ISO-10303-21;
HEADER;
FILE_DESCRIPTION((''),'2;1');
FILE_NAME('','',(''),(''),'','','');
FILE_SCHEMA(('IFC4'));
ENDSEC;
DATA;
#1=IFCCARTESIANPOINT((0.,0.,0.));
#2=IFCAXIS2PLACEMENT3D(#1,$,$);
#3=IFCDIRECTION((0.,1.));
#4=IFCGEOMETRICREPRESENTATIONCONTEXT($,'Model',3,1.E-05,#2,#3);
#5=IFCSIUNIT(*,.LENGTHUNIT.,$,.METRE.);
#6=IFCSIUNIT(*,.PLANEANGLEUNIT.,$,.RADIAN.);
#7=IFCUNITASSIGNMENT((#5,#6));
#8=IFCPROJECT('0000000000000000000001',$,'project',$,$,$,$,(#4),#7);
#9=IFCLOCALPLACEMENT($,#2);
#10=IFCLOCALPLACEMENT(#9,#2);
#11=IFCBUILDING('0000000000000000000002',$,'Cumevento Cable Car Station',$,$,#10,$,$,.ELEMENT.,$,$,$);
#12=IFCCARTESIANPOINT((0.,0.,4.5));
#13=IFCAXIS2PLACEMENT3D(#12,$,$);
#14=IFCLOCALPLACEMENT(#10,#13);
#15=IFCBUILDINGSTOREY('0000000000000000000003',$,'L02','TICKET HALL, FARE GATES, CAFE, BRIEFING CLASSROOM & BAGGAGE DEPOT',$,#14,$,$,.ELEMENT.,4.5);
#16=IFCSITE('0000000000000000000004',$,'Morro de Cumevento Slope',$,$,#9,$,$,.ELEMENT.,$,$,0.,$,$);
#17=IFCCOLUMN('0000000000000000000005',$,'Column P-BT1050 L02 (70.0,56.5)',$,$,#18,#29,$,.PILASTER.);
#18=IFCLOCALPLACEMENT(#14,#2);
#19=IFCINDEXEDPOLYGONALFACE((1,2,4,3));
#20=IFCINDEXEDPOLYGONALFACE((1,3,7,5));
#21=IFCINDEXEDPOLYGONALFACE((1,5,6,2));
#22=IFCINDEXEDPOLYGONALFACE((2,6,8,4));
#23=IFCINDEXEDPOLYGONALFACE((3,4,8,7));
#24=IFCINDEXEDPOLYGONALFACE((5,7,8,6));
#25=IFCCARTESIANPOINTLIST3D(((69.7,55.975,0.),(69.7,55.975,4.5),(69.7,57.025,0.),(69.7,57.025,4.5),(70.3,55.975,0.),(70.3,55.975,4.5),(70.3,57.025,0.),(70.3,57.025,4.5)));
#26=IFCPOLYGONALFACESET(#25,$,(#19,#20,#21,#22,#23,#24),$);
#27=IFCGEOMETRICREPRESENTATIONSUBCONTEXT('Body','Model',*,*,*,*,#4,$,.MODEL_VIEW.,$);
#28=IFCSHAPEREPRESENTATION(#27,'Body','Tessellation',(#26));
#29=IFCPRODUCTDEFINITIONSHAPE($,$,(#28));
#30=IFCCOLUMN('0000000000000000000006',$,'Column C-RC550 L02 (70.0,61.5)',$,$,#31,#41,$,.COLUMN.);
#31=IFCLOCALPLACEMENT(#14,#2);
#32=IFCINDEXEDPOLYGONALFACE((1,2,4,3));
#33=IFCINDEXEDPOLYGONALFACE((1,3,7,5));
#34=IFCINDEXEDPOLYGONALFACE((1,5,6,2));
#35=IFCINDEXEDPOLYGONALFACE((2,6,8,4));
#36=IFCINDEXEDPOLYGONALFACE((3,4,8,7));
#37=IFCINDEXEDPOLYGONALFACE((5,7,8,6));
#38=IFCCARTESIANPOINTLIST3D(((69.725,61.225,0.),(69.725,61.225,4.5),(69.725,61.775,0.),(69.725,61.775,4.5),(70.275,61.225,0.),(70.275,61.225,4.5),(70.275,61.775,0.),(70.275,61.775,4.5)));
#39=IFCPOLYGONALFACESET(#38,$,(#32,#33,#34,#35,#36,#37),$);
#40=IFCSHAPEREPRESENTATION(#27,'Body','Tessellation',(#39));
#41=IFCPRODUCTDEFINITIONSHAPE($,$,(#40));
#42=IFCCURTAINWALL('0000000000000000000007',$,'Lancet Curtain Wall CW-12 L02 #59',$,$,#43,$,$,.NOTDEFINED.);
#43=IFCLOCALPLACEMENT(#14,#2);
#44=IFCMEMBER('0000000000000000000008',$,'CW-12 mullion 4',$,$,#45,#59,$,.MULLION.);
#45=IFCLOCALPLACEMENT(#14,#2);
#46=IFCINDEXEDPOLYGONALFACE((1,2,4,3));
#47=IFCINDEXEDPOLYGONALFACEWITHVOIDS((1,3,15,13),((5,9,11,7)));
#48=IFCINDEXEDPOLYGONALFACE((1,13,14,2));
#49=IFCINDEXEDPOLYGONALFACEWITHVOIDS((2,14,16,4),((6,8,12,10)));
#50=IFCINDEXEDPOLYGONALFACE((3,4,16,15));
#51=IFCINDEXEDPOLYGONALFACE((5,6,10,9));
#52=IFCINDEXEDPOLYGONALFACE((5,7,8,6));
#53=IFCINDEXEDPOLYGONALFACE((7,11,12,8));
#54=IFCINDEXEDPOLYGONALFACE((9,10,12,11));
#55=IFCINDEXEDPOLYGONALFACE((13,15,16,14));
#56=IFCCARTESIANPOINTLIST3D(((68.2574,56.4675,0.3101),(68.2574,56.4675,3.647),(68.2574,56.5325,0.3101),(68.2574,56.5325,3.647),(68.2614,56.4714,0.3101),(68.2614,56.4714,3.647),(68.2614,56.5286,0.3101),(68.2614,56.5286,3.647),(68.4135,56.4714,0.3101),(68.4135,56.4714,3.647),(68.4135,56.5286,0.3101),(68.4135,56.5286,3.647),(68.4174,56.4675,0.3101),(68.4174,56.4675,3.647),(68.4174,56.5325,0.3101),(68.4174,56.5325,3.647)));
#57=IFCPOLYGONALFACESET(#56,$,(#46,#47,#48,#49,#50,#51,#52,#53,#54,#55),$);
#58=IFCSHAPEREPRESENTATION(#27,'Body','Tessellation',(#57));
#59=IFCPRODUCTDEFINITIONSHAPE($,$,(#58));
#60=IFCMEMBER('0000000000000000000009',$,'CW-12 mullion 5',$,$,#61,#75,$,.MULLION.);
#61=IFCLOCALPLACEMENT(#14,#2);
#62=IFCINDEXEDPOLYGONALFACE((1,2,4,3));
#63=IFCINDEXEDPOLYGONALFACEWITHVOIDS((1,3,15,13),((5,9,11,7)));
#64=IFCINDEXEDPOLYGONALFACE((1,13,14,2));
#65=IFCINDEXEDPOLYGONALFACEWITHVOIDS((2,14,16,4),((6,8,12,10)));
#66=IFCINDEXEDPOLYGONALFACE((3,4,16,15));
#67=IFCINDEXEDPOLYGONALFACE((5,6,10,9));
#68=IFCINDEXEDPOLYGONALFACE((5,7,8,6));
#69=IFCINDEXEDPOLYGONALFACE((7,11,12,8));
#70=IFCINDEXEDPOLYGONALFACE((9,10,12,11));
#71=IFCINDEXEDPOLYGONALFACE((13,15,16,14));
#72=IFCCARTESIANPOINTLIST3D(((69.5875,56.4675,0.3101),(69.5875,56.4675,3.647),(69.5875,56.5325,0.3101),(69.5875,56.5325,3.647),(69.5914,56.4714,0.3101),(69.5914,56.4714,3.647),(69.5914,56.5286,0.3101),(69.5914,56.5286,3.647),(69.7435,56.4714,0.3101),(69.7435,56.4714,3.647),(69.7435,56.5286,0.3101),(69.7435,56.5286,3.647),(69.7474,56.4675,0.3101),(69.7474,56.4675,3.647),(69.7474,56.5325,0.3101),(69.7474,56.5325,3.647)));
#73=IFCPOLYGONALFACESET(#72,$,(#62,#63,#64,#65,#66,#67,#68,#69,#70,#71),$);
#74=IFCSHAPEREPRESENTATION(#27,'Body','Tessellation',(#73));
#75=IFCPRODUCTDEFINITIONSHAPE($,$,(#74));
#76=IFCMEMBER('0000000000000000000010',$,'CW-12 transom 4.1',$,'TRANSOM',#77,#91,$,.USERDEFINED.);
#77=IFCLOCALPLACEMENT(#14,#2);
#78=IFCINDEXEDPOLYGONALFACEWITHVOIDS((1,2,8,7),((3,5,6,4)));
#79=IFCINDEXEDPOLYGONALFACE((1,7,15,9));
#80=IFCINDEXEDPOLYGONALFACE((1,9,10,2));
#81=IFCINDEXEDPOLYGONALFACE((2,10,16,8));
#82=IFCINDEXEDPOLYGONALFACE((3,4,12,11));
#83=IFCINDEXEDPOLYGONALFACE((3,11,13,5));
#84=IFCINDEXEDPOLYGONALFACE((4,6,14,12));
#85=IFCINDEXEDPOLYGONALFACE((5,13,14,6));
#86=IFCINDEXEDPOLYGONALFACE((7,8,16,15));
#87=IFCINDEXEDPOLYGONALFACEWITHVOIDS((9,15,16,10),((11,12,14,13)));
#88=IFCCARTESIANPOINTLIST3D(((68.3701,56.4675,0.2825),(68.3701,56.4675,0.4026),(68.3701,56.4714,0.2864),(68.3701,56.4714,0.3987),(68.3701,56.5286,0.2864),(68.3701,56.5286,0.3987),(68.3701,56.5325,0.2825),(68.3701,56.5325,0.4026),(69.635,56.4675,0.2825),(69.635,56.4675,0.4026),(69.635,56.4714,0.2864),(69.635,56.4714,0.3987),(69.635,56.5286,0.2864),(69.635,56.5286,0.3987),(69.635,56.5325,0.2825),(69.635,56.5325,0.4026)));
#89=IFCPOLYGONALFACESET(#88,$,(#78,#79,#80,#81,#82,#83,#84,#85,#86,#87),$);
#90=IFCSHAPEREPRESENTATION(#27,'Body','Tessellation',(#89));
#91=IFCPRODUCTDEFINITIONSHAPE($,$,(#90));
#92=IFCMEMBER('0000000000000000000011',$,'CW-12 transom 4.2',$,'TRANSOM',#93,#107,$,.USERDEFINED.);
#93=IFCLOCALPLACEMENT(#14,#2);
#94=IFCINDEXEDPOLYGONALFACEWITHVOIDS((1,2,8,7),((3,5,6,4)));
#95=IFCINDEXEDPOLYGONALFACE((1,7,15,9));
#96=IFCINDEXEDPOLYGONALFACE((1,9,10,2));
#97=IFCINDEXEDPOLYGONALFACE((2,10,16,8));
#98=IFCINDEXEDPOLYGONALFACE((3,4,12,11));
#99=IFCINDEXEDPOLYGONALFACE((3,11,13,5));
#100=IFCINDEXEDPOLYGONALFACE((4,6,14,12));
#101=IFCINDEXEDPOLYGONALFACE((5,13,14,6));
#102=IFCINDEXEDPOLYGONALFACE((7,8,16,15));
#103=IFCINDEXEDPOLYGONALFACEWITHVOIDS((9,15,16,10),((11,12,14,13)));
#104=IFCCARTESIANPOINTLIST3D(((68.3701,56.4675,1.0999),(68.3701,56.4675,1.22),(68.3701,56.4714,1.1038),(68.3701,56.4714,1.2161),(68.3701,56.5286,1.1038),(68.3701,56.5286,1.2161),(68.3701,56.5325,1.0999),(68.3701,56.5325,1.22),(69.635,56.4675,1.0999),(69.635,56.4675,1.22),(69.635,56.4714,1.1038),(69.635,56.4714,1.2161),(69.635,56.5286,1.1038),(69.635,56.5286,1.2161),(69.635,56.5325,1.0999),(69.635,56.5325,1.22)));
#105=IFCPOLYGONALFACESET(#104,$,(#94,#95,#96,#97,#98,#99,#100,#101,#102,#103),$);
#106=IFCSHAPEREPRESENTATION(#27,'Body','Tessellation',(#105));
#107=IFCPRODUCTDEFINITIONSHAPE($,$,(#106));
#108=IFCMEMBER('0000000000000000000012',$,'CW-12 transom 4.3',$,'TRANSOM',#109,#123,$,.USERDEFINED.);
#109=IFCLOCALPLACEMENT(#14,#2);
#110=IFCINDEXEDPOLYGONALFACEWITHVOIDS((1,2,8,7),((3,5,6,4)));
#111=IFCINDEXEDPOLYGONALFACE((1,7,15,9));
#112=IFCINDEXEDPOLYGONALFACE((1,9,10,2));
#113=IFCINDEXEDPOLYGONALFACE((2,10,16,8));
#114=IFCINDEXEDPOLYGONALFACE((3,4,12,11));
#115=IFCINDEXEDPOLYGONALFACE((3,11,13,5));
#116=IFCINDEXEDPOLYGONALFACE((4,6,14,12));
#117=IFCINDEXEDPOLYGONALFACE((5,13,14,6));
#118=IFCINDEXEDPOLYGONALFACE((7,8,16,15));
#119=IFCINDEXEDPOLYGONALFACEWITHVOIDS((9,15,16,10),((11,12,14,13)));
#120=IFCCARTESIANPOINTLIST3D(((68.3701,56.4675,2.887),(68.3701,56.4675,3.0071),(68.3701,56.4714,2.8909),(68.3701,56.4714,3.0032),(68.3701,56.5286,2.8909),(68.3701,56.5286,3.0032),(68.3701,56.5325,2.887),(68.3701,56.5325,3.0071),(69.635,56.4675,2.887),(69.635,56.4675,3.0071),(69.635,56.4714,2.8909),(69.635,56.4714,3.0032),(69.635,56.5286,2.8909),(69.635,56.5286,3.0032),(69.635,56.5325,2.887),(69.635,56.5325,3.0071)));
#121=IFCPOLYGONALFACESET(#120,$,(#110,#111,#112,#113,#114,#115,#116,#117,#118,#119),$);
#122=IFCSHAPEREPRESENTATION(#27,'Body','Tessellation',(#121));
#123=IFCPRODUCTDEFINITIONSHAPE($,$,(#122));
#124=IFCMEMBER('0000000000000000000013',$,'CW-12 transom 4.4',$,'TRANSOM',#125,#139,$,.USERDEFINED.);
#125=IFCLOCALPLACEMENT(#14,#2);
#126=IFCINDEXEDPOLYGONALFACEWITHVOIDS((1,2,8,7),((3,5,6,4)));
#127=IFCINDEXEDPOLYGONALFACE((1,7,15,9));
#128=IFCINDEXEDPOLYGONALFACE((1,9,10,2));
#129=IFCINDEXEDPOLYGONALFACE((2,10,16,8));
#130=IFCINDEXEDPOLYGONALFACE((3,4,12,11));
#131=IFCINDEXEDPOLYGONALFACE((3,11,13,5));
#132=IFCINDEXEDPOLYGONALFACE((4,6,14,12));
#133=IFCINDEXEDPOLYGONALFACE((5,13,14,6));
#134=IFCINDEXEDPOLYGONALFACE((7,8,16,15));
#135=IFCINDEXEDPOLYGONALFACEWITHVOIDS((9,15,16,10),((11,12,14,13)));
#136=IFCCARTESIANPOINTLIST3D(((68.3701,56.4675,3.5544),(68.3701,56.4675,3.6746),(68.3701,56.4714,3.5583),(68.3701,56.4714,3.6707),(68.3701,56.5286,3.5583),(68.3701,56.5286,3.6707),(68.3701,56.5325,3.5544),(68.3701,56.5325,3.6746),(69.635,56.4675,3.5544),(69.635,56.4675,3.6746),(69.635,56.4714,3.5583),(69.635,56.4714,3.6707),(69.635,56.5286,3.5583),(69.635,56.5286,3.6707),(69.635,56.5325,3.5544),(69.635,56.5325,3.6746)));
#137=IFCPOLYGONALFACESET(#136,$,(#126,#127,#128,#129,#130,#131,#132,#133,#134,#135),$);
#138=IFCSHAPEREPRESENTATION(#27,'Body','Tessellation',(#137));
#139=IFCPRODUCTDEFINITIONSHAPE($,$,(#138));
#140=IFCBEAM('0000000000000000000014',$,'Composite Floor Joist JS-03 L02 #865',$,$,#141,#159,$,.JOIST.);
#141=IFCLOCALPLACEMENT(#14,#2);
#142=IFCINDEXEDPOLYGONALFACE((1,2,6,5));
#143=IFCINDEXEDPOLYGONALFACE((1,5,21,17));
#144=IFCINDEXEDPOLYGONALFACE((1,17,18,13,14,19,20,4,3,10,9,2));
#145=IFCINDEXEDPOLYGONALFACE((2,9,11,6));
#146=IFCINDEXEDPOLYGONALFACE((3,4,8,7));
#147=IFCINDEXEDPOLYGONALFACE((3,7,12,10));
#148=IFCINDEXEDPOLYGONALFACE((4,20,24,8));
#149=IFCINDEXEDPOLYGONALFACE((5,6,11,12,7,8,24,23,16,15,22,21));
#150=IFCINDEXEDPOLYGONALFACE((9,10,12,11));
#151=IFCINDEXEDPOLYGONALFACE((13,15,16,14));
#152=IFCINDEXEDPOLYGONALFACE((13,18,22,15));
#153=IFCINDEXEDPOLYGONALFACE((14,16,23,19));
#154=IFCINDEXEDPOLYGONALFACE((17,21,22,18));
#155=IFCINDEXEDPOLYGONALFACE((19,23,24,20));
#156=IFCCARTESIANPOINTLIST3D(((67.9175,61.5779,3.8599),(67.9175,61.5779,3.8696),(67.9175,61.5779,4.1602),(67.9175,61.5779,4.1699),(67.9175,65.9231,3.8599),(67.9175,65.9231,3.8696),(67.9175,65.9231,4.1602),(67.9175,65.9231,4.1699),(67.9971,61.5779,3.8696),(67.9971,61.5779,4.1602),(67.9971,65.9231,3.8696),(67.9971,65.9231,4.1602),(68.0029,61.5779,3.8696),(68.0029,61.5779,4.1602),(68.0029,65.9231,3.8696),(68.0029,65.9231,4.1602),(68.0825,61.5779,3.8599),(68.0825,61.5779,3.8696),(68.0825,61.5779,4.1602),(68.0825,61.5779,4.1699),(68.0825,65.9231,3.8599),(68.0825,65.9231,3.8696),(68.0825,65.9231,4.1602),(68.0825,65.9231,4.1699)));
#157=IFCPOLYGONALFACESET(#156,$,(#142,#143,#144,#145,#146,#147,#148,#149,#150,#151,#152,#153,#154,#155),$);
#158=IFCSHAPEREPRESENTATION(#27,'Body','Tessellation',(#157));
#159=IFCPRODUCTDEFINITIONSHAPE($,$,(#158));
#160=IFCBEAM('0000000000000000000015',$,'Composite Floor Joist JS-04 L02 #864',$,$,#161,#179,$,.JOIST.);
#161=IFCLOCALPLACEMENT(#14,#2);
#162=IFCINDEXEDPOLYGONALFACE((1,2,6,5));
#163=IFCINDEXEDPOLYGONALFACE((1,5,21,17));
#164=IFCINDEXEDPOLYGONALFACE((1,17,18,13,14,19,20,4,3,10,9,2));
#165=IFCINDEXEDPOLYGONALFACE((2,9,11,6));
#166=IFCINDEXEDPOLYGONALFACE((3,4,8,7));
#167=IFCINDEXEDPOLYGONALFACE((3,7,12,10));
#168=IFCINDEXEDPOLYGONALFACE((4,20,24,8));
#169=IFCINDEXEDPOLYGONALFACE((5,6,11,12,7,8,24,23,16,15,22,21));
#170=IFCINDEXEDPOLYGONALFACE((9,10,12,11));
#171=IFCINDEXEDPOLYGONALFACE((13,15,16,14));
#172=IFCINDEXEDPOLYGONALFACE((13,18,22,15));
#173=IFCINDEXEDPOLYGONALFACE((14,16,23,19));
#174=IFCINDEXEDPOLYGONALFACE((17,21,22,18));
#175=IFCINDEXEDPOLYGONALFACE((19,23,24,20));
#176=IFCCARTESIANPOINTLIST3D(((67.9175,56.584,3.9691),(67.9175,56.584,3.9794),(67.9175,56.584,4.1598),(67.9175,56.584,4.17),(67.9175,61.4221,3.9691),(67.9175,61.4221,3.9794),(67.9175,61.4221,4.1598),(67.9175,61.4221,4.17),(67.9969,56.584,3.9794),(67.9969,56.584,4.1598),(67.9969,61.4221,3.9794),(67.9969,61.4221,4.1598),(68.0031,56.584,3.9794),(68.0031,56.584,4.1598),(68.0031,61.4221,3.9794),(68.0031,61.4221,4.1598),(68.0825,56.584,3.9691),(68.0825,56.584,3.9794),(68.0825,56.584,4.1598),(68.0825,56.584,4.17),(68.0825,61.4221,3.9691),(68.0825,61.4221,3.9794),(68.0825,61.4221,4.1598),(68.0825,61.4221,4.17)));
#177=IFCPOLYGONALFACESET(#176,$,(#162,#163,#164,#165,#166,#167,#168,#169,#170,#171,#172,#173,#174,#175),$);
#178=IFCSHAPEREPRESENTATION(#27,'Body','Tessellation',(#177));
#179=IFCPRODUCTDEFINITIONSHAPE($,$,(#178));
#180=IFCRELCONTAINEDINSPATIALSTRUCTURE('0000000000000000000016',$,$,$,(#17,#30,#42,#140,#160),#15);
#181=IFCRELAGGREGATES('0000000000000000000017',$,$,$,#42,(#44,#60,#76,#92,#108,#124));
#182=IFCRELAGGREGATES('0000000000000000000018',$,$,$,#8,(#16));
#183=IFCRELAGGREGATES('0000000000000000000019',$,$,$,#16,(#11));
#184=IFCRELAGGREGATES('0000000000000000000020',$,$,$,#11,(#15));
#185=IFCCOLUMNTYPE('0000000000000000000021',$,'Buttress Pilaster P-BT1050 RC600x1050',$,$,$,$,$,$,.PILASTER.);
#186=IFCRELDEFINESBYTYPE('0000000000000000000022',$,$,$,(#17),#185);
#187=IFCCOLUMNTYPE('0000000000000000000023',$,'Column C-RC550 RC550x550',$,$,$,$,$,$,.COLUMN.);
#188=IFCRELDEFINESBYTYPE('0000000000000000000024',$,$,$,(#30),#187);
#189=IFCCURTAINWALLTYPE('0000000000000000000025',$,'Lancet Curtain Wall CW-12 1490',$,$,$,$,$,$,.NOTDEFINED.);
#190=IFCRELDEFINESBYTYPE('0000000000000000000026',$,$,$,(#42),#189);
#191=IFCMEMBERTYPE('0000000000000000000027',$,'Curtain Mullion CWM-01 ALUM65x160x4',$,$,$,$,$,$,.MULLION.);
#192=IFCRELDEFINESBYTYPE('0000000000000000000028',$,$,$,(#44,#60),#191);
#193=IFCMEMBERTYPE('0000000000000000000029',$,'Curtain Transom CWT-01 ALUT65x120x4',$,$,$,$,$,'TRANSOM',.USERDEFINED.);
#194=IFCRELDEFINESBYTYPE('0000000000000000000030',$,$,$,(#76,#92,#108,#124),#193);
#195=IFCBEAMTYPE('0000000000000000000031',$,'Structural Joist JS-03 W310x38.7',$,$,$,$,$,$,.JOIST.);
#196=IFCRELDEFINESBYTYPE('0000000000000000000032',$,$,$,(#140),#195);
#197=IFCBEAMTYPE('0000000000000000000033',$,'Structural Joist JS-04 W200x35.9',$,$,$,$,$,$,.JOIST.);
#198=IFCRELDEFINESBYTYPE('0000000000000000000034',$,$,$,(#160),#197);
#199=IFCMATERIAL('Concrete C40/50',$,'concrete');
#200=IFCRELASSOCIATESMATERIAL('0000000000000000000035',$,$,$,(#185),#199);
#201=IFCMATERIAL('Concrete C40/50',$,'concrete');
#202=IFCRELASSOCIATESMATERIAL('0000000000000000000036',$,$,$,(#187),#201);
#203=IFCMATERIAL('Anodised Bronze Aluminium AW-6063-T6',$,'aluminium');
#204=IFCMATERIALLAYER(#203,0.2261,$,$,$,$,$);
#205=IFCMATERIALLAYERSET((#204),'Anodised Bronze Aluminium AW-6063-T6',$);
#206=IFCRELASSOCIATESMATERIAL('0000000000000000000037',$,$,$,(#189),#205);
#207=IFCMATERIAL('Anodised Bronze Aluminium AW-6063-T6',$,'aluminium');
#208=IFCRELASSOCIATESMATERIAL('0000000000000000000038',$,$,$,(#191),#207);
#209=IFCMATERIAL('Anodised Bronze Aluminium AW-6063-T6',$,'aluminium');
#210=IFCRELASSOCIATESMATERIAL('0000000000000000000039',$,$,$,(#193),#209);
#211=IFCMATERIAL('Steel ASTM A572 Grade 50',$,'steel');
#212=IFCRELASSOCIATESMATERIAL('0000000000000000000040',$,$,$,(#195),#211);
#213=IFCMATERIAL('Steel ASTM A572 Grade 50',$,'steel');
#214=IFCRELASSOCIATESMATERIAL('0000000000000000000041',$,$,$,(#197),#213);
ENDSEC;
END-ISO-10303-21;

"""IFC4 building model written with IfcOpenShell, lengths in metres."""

from ifc_helpers import new_model, si_unit, direction, frame, origin, origin_2d, place, context, subcontext, project, spatial, rectangle, hollow_rectangle, i_section, extrude, material, layer, layer_set, material_profile, profile_set, type_object, element, aggregate, save


model = new_model("IFC4")

# Units and contexts
model_context = context("Model", 3, precision=1e-05, world=origin(), true_north=direction((0.0, 1.0)))
body_context = subcontext(model_context, "Body", "Model", "MODEL_VIEW")
ifc_project = project(units=[si_unit("LENGTHUNIT", "METRE"), si_unit("PLANEANGLEUNIT", "RADIAN")], contexts=[model_context])

# Site, building, storey
site_placement = place(None, origin())
site = spatial("IfcSite", under=ifc_project, at=site_placement, Name="Morro de Cumevento Slope", CompositionType="ELEMENT", RefElevation=0.0)
building_placement = place(site_placement, origin())
building = spatial("IfcBuilding", under=site, at=building_placement, Name="Cumevento Cable Car Station", CompositionType="ELEMENT")
storey_placement = place(building_placement, frame((0.0, 0.0, 4.5)))
storey = spatial("IfcBuildingStorey", under=building, at=storey_placement, Name="L02", Description="TICKET HALL, FARE GATES, CAFE, BRIEFING CLASSROOM & BAGGAGE DEPOT", CompositionType="ELEMENT", Elevation=4.5)

# Columns
ifc_material_1 = material(Name="Concrete C40/50", Category="concrete")
ifc_material_profile_1 = material_profile(ifc_material_1, rectangle(XDim=0.6001, YDim=1.05, at=origin_2d()), Name="RC600x1050")
ifc_profile_set_1 = profile_set([ifc_material_profile_1], Name="Concrete C40/50")
column_type_1 = type_object("IfcColumnType", Name="Buttress Pilaster P-BT1050 RC600x1050", PredefinedType="PILASTER", material=ifc_profile_set_1)
column_1_placement = place(storey_placement, frame((70.0, 56.5, 0.0), z_axis=(0.0, 0.0, 1.0), x_axis=(1.0, 0.0, 0.0)))
element("IfcColumn", 1, at=column_1_placement, inside=storey, type_object=column_type_1, Name="Column P-BT1050 L02 (70.0,56.5)", PredefinedType="PILASTER", context=body_context, shape_type="SweptSolid", body=[
    extrude(rectangle(XDim=0.6001, YDim=1.05, at=origin_2d()), origin(), (0.0, 0.0, 1.0), 4.5),
])
ifc_material_2 = material(Name="Concrete C40/50", Category="concrete")
ifc_material_profile_2 = material_profile(ifc_material_2, rectangle(XDim=0.55, YDim=0.55, at=origin_2d()), Name="RC550x550")
ifc_profile_set_2 = profile_set([ifc_material_profile_2], Name="Concrete C40/50")
column_type_2 = type_object("IfcColumnType", Name="Column C-RC550 RC550x550", PredefinedType="COLUMN", material=ifc_profile_set_2)
column_2_placement = place(storey_placement, frame((70.0, 61.5, 0.0), z_axis=(0.0, 0.0, 1.0), x_axis=(1.0, 0.0, 0.0)))
element("IfcColumn", 2, at=column_2_placement, inside=storey, type_object=column_type_2, Name="Column C-RC550 L02 (70.0,61.5)", PredefinedType="COLUMN", context=body_context, shape_type="SweptSolid", body=[
    extrude(rectangle(XDim=0.55, YDim=0.55, at=origin_2d()), origin(), (0.0, 0.0, 1.0), 4.5),
])

# Curtain wall, members
ifc_material_3 = material(Name="Anodised Bronze Aluminium AW-6063-T6", Category="aluminium")
ifc_layer_1 = layer(ifc_material_3, 0.2261)
ifc_layer_set_1 = layer_set([ifc_layer_1], Name="Anodised Bronze Aluminium AW-6063-T6")
curtain_wall_type = type_object("IfcCurtainWallType", Name="Lancet Curtain Wall CW-12 1490", PredefinedType="NOTDEFINED", material=ifc_layer_set_1)
curtain_wall_placement = place(storey_placement, origin())
curtain_wall = element("IfcCurtainWall", 3, at=curtain_wall_placement, inside=storey, type_object=curtain_wall_type, Name="Lancet Curtain Wall CW-12 L02 #59", PredefinedType="NOTDEFINED")
ifc_material_4 = material(Name="Anodised Bronze Aluminium AW-6063-T6", Category="aluminium")
ifc_material_profile_3 = material_profile(ifc_material_4, hollow_rectangle(XDim=0.0649, YDim=0.1599, WallThickness=0.0039, at=origin_2d()), Name="ALUM65x160x4")
ifc_profile_set_3 = profile_set([ifc_material_profile_3], Name="Anodised Bronze Aluminium AW-6063-T6")
member_type_1 = type_object("IfcMemberType", Name="Curtain Mullion CWM-01 ALUM65x160x4", PredefinedType="MULLION", material=ifc_profile_set_3)
member_1_placement = place(storey_placement, frame((68.3374, 56.5, 0.3101), z_axis=(0.0, 0.0, 1.0), x_axis=(0.0, 1.0, 0.0)))
member_1 = element("IfcMember", 4, at=member_1_placement, type_object=member_type_1, Name="CW-12 mullion 4", PredefinedType="MULLION", context=body_context, shape_type="SweptSolid", body=[
    extrude(hollow_rectangle(XDim=0.0649, YDim=0.1599, WallThickness=0.0039, at=origin_2d()), origin(), (0.0, 0.0, 1.0), 3.3369),
])
member_2_placement = place(storey_placement, frame((69.6675, 56.5, 0.3101), z_axis=(0.0, 0.0, 1.0), x_axis=(0.0, 1.0, 0.0)))
member_2 = element("IfcMember", 5, at=member_2_placement, type_object=member_type_1, Name="CW-12 mullion 5", PredefinedType="MULLION", context=body_context, shape_type="SweptSolid", body=[
    extrude(hollow_rectangle(XDim=0.0649, YDim=0.1599, WallThickness=0.0039, at=origin_2d()), origin(), (0.0, 0.0, 1.0), 3.3369),
])
ifc_material_5 = material(Name="Anodised Bronze Aluminium AW-6063-T6", Category="aluminium")
ifc_material_profile_4 = material_profile(ifc_material_5, hollow_rectangle(XDim=0.0649, YDim=0.1201, WallThickness=0.0039, at=origin_2d()), Name="ALUT65x120x4")
ifc_profile_set_4 = profile_set([ifc_material_profile_4], Name="Anodised Bronze Aluminium AW-6063-T6")
member_type_2 = type_object("IfcMemberType", Name="Curtain Transom CWT-01 ALUT65x120x4", ElementType="TRANSOM", PredefinedType="USERDEFINED", material=ifc_profile_set_4)
member_3_placement = place(storey_placement, frame((68.3701, 56.5, 0.3425), z_axis=(1.0, 0.0, 0.0), x_axis=(0.0, 1.0, 0.0)))
member_3 = element("IfcMember", 6, at=member_3_placement, type_object=member_type_2, Name="CW-12 transom 4.1", ObjectType="TRANSOM", PredefinedType="USERDEFINED", context=body_context, shape_type="SweptSolid", body=[
    extrude(hollow_rectangle(XDim=0.0649, YDim=0.1201, WallThickness=0.0039, at=origin_2d()), origin(), (0.0, 0.0, 1.0), 1.2649),
])
member_4_placement = place(storey_placement, frame((68.3701, 56.5, 1.1599), z_axis=(1.0, 0.0, 0.0), x_axis=(0.0, 1.0, 0.0)))
member_4 = element("IfcMember", 7, at=member_4_placement, type_object=member_type_2, Name="CW-12 transom 4.2", ObjectType="TRANSOM", PredefinedType="USERDEFINED", context=body_context, shape_type="SweptSolid", body=[
    extrude(hollow_rectangle(XDim=0.0649, YDim=0.1201, WallThickness=0.0039, at=origin_2d()), origin(), (0.0, 0.0, 1.0), 1.2649),
])
member_5_placement = place(storey_placement, frame((68.3701, 56.5, 2.947), z_axis=(1.0, 0.0, 0.0), x_axis=(0.0, 1.0, 0.0)))
member_5 = element("IfcMember", 8, at=member_5_placement, type_object=member_type_2, Name="CW-12 transom 4.3", ObjectType="TRANSOM", PredefinedType="USERDEFINED", context=body_context, shape_type="SweptSolid", body=[
    extrude(hollow_rectangle(XDim=0.0649, YDim=0.1201, WallThickness=0.0039, at=origin_2d()), origin(), (0.0, 0.0, 1.0), 1.2649),
])
member_6_placement = place(storey_placement, frame((68.3701, 56.5, 3.6145), z_axis=(1.0, 0.0, 0.0), x_axis=(0.0, 1.0, 0.0)))
member_6 = element("IfcMember", 9, at=member_6_placement, type_object=member_type_2, Name="CW-12 transom 4.4", ObjectType="TRANSOM", PredefinedType="USERDEFINED", context=body_context, shape_type="SweptSolid", body=[
    extrude(hollow_rectangle(XDim=0.0649, YDim=0.1201, WallThickness=0.0039, at=origin_2d()), origin(), (0.0, 0.0, 1.0), 1.2649),
])

# Beams
ifc_material_6 = material(Name="Steel ASTM A572 Grade 50", Category="steel")
ifc_material_profile_5 = material_profile(ifc_material_6, i_section(OverallWidth=0.165, OverallDepth=0.3101, WebThickness=0.0059, FlangeThickness=0.0098, at=origin_2d()), Name="W310x38.7")
ifc_profile_set_5 = profile_set([ifc_material_profile_5], Name="Steel ASTM A572 Grade 50")
beam_type_1 = type_object("IfcBeamType", Name="Structural Joist JS-03 W310x38.7", PredefinedType="JOIST", material=ifc_profile_set_5)
beam_1_placement = place(storey_placement, frame((68.0, 61.5779, 4.0149), z_axis=(0.0, 1.0, 0.0), x_axis=(-1.0, 0.0, 0.0)))
element("IfcBeam", 10, at=beam_1_placement, inside=storey, type_object=beam_type_1, Name="Composite Floor Joist JS-03 L02 #865", PredefinedType="JOIST", context=body_context, shape_type="SweptSolid", body=[
    extrude(i_section(OverallWidth=0.165, OverallDepth=0.3101, WebThickness=0.0059, FlangeThickness=0.0098, at=origin_2d()), origin(), (0.0, 0.0, 1.0), 4.3452),
])
ifc_material_7 = material(Name="Steel ASTM A572 Grade 50", Category="steel")
ifc_material_profile_6 = material_profile(ifc_material_7, i_section(OverallWidth=0.165, OverallDepth=0.2009, WebThickness=0.0061, FlangeThickness=0.0103, at=origin_2d()), Name="W200x35.9")
ifc_profile_set_6 = profile_set([ifc_material_profile_6], Name="Steel ASTM A572 Grade 50")
beam_type_2 = type_object("IfcBeamType", Name="Structural Joist JS-04 W200x35.9", PredefinedType="JOIST", material=ifc_profile_set_6)
beam_2_placement = place(storey_placement, frame((68.0, 56.584, 4.0696), z_axis=(0.0, 1.0, 0.0), x_axis=(-1.0, 0.0, 0.0)))
element("IfcBeam", 11, at=beam_2_placement, inside=storey, type_object=beam_type_2, Name="Composite Floor Joist JS-04 L02 #864", PredefinedType="JOIST", context=body_context, shape_type="SweptSolid", body=[
    extrude(i_section(OverallWidth=0.165, OverallDepth=0.2009, WebThickness=0.0061, FlangeThickness=0.0103, at=origin_2d()), origin(), (0.0, 0.0, 1.0), 4.8381),
])

aggregate(curtain_wall, [member_1, member_2, member_3, member_4, member_5, member_6])

save(model, "model.ifc")
